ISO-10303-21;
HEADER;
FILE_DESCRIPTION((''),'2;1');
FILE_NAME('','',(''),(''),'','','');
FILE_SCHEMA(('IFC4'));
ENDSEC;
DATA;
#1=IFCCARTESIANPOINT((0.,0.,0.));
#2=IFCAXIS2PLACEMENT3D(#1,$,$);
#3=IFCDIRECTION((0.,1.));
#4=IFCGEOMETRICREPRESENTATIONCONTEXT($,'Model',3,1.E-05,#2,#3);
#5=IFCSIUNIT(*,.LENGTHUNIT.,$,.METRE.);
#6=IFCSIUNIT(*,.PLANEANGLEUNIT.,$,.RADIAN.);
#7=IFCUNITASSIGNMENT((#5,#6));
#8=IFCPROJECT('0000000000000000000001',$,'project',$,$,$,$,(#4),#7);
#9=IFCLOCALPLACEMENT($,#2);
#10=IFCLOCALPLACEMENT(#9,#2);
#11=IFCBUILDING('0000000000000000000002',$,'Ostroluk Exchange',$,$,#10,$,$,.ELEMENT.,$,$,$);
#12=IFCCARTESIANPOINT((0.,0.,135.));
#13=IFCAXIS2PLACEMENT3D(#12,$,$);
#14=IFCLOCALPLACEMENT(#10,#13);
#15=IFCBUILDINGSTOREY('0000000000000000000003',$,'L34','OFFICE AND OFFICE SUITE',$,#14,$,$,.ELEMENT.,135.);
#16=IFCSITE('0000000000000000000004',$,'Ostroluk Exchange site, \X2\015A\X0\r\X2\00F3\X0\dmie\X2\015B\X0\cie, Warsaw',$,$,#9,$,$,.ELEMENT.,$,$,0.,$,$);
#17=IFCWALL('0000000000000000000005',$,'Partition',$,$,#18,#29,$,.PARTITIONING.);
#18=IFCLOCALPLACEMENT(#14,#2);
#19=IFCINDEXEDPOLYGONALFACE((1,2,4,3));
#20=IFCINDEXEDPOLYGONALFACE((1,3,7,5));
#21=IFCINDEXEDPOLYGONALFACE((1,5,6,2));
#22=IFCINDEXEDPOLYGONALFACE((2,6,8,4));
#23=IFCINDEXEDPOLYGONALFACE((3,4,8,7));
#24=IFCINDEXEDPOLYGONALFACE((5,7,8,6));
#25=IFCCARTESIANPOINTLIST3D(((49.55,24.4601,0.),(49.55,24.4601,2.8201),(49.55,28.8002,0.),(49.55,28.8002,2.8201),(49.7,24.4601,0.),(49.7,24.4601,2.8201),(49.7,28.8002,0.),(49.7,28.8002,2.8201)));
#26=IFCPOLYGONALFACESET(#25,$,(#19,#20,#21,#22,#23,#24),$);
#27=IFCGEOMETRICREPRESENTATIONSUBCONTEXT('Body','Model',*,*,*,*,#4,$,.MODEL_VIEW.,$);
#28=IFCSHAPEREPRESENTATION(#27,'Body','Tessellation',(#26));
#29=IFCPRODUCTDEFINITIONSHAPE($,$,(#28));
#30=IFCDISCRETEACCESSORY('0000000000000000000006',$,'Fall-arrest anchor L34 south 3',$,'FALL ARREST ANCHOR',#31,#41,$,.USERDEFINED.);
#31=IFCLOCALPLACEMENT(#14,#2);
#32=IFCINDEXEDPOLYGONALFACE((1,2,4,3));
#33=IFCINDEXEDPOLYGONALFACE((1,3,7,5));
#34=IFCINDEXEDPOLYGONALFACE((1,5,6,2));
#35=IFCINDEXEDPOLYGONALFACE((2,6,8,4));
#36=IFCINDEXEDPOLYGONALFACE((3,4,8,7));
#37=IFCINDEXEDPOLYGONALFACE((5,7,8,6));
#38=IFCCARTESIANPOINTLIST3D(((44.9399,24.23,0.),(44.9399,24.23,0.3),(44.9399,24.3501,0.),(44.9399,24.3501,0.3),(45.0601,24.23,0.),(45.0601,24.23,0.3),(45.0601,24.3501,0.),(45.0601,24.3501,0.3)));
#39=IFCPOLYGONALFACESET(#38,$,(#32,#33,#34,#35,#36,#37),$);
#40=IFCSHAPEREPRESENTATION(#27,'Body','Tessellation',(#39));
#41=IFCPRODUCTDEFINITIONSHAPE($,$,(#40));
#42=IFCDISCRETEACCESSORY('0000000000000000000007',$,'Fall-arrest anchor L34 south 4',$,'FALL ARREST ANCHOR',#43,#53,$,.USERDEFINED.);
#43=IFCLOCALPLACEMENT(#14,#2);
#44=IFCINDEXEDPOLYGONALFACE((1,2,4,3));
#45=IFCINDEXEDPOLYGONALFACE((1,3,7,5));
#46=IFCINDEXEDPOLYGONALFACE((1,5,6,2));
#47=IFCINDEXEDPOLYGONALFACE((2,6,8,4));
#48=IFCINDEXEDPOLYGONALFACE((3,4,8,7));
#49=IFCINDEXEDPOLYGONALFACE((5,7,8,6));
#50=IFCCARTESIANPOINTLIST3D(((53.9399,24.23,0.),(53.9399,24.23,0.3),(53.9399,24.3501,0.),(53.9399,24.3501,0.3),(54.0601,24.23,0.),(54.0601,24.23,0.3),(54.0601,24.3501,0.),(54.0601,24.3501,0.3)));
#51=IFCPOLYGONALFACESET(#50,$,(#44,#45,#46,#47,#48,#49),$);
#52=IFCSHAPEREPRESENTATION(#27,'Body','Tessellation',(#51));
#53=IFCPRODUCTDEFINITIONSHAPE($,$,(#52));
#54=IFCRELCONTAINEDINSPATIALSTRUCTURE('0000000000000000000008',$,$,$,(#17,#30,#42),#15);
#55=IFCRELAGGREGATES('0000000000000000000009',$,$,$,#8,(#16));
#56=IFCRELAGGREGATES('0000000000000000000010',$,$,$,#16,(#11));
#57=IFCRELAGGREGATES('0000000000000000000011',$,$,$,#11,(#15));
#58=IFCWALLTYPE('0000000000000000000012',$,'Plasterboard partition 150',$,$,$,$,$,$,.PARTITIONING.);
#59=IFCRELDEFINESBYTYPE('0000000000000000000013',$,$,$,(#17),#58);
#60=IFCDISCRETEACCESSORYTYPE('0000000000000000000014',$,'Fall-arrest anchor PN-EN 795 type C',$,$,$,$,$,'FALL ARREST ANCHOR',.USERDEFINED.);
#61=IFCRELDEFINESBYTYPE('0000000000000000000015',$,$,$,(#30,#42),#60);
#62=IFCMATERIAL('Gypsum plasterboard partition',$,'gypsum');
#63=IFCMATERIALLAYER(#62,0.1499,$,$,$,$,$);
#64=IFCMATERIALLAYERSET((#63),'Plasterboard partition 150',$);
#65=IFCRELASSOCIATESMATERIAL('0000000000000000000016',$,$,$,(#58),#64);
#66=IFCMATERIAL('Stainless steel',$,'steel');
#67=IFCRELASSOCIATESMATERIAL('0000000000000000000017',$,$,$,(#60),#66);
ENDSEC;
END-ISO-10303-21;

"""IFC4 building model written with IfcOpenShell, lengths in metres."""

from ifc_helpers import new_model, si_unit, direction, frame, frame_2d, origin, origin_2d, place, context, subcontext, project, spatial, rectangle, extrude, material, layer, layer_set, type_object, element, save


model = new_model("IFC4")

# Units and contexts
model_context = context("Model", 3, precision=1e-05, world=origin(), true_north=direction((0.0, 1.0)))
body_context = subcontext(model_context, "Body", "Model", "MODEL_VIEW")
ifc_project = project(units=[si_unit("LENGTHUNIT", "METRE"), si_unit("PLANEANGLEUNIT", "RADIAN")], contexts=[model_context])

# Site, building, storey
site_placement = place(None, origin())
site = spatial("IfcSite", under=ifc_project, at=site_placement, Name="Ostroluk Exchange site, Śródmieście, Warsaw", CompositionType="ELEMENT", RefElevation=0.0)
building_placement = place(site_placement, origin())
building = spatial("IfcBuilding", under=site, at=building_placement, Name="Ostroluk Exchange", CompositionType="ELEMENT")
storey_placement = place(building_placement, frame((0.0, 0.0, 135.0)))
storey = spatial("IfcBuildingStorey", under=building, at=storey_placement, Name="L34", Description="OFFICE AND OFFICE SUITE", CompositionType="ELEMENT", Elevation=135.0)

# Shared definitions
ifc_material_1 = material(Name="Gypsum plasterboard partition", Category="gypsum")
ifc_layer_1 = layer(ifc_material_1, 0.1499)
ifc_layer_set_1 = layer_set([ifc_layer_1], Name="Plasterboard partition 150")
wall_type = type_object("IfcWallType", Name="Plasterboard partition 150", PredefinedType="PARTITIONING", material=ifc_layer_set_1)

# Wall
wall_1_placement = place(storey_placement, frame((49.625, 28.8, 0.0), z_axis=(0.0, 0.0, 1.0), x_axis=(0.0, -1.0, 0.0)))
element("IfcWall", 1, at=wall_1_placement, inside=storey, type_object=wall_type, Name="Partition", PredefinedType="PARTITIONING", context=body_context, shape_type="SweptSolid", body=[
    extrude(rectangle(XDim=4.3401, YDim=0.1499, at=frame_2d((2.1699, 0.0))), origin(), (0.0, 0.0, 1.0), 2.8201),
])

# Discrete accessories
ifc_material_2 = material(Name="Stainless steel", Category="steel")
discrete_accessory_type = type_object("IfcDiscreteAccessoryType", Name="Fall-arrest anchor PN-EN 795 type C", ElementType="FALL ARREST ANCHOR", PredefinedType="USERDEFINED", material=ifc_material_2)
for number, where, z_axis, x_axis, name in (
    (2, (45.0, 24.29, 0.0), (0.0, 0.0, 1.0), (1.0, 0.0, 0.0), "Fall-arrest anchor L34 south 3"),
    (3, (54.0, 24.29, 0.0), (0.0, 0.0, 1.0), (1.0, 0.0, 0.0), "Fall-arrest anchor L34 south 4"),
):
    element("IfcDiscreteAccessory", number, at=place(storey_placement, frame(where, z_axis=z_axis, x_axis=x_axis)), inside=storey, type_object=discrete_accessory_type, Name=name, ObjectType="FALL ARREST ANCHOR", PredefinedType="USERDEFINED", context=body_context, shape_type="SweptSolid", body=[
        extrude(rectangle(XDim=0.1201, YDim=0.1201, at=origin_2d()), origin(), (0.0, 0.0, 1.0), 0.3),
    ])

save(model, "model.ifc")
